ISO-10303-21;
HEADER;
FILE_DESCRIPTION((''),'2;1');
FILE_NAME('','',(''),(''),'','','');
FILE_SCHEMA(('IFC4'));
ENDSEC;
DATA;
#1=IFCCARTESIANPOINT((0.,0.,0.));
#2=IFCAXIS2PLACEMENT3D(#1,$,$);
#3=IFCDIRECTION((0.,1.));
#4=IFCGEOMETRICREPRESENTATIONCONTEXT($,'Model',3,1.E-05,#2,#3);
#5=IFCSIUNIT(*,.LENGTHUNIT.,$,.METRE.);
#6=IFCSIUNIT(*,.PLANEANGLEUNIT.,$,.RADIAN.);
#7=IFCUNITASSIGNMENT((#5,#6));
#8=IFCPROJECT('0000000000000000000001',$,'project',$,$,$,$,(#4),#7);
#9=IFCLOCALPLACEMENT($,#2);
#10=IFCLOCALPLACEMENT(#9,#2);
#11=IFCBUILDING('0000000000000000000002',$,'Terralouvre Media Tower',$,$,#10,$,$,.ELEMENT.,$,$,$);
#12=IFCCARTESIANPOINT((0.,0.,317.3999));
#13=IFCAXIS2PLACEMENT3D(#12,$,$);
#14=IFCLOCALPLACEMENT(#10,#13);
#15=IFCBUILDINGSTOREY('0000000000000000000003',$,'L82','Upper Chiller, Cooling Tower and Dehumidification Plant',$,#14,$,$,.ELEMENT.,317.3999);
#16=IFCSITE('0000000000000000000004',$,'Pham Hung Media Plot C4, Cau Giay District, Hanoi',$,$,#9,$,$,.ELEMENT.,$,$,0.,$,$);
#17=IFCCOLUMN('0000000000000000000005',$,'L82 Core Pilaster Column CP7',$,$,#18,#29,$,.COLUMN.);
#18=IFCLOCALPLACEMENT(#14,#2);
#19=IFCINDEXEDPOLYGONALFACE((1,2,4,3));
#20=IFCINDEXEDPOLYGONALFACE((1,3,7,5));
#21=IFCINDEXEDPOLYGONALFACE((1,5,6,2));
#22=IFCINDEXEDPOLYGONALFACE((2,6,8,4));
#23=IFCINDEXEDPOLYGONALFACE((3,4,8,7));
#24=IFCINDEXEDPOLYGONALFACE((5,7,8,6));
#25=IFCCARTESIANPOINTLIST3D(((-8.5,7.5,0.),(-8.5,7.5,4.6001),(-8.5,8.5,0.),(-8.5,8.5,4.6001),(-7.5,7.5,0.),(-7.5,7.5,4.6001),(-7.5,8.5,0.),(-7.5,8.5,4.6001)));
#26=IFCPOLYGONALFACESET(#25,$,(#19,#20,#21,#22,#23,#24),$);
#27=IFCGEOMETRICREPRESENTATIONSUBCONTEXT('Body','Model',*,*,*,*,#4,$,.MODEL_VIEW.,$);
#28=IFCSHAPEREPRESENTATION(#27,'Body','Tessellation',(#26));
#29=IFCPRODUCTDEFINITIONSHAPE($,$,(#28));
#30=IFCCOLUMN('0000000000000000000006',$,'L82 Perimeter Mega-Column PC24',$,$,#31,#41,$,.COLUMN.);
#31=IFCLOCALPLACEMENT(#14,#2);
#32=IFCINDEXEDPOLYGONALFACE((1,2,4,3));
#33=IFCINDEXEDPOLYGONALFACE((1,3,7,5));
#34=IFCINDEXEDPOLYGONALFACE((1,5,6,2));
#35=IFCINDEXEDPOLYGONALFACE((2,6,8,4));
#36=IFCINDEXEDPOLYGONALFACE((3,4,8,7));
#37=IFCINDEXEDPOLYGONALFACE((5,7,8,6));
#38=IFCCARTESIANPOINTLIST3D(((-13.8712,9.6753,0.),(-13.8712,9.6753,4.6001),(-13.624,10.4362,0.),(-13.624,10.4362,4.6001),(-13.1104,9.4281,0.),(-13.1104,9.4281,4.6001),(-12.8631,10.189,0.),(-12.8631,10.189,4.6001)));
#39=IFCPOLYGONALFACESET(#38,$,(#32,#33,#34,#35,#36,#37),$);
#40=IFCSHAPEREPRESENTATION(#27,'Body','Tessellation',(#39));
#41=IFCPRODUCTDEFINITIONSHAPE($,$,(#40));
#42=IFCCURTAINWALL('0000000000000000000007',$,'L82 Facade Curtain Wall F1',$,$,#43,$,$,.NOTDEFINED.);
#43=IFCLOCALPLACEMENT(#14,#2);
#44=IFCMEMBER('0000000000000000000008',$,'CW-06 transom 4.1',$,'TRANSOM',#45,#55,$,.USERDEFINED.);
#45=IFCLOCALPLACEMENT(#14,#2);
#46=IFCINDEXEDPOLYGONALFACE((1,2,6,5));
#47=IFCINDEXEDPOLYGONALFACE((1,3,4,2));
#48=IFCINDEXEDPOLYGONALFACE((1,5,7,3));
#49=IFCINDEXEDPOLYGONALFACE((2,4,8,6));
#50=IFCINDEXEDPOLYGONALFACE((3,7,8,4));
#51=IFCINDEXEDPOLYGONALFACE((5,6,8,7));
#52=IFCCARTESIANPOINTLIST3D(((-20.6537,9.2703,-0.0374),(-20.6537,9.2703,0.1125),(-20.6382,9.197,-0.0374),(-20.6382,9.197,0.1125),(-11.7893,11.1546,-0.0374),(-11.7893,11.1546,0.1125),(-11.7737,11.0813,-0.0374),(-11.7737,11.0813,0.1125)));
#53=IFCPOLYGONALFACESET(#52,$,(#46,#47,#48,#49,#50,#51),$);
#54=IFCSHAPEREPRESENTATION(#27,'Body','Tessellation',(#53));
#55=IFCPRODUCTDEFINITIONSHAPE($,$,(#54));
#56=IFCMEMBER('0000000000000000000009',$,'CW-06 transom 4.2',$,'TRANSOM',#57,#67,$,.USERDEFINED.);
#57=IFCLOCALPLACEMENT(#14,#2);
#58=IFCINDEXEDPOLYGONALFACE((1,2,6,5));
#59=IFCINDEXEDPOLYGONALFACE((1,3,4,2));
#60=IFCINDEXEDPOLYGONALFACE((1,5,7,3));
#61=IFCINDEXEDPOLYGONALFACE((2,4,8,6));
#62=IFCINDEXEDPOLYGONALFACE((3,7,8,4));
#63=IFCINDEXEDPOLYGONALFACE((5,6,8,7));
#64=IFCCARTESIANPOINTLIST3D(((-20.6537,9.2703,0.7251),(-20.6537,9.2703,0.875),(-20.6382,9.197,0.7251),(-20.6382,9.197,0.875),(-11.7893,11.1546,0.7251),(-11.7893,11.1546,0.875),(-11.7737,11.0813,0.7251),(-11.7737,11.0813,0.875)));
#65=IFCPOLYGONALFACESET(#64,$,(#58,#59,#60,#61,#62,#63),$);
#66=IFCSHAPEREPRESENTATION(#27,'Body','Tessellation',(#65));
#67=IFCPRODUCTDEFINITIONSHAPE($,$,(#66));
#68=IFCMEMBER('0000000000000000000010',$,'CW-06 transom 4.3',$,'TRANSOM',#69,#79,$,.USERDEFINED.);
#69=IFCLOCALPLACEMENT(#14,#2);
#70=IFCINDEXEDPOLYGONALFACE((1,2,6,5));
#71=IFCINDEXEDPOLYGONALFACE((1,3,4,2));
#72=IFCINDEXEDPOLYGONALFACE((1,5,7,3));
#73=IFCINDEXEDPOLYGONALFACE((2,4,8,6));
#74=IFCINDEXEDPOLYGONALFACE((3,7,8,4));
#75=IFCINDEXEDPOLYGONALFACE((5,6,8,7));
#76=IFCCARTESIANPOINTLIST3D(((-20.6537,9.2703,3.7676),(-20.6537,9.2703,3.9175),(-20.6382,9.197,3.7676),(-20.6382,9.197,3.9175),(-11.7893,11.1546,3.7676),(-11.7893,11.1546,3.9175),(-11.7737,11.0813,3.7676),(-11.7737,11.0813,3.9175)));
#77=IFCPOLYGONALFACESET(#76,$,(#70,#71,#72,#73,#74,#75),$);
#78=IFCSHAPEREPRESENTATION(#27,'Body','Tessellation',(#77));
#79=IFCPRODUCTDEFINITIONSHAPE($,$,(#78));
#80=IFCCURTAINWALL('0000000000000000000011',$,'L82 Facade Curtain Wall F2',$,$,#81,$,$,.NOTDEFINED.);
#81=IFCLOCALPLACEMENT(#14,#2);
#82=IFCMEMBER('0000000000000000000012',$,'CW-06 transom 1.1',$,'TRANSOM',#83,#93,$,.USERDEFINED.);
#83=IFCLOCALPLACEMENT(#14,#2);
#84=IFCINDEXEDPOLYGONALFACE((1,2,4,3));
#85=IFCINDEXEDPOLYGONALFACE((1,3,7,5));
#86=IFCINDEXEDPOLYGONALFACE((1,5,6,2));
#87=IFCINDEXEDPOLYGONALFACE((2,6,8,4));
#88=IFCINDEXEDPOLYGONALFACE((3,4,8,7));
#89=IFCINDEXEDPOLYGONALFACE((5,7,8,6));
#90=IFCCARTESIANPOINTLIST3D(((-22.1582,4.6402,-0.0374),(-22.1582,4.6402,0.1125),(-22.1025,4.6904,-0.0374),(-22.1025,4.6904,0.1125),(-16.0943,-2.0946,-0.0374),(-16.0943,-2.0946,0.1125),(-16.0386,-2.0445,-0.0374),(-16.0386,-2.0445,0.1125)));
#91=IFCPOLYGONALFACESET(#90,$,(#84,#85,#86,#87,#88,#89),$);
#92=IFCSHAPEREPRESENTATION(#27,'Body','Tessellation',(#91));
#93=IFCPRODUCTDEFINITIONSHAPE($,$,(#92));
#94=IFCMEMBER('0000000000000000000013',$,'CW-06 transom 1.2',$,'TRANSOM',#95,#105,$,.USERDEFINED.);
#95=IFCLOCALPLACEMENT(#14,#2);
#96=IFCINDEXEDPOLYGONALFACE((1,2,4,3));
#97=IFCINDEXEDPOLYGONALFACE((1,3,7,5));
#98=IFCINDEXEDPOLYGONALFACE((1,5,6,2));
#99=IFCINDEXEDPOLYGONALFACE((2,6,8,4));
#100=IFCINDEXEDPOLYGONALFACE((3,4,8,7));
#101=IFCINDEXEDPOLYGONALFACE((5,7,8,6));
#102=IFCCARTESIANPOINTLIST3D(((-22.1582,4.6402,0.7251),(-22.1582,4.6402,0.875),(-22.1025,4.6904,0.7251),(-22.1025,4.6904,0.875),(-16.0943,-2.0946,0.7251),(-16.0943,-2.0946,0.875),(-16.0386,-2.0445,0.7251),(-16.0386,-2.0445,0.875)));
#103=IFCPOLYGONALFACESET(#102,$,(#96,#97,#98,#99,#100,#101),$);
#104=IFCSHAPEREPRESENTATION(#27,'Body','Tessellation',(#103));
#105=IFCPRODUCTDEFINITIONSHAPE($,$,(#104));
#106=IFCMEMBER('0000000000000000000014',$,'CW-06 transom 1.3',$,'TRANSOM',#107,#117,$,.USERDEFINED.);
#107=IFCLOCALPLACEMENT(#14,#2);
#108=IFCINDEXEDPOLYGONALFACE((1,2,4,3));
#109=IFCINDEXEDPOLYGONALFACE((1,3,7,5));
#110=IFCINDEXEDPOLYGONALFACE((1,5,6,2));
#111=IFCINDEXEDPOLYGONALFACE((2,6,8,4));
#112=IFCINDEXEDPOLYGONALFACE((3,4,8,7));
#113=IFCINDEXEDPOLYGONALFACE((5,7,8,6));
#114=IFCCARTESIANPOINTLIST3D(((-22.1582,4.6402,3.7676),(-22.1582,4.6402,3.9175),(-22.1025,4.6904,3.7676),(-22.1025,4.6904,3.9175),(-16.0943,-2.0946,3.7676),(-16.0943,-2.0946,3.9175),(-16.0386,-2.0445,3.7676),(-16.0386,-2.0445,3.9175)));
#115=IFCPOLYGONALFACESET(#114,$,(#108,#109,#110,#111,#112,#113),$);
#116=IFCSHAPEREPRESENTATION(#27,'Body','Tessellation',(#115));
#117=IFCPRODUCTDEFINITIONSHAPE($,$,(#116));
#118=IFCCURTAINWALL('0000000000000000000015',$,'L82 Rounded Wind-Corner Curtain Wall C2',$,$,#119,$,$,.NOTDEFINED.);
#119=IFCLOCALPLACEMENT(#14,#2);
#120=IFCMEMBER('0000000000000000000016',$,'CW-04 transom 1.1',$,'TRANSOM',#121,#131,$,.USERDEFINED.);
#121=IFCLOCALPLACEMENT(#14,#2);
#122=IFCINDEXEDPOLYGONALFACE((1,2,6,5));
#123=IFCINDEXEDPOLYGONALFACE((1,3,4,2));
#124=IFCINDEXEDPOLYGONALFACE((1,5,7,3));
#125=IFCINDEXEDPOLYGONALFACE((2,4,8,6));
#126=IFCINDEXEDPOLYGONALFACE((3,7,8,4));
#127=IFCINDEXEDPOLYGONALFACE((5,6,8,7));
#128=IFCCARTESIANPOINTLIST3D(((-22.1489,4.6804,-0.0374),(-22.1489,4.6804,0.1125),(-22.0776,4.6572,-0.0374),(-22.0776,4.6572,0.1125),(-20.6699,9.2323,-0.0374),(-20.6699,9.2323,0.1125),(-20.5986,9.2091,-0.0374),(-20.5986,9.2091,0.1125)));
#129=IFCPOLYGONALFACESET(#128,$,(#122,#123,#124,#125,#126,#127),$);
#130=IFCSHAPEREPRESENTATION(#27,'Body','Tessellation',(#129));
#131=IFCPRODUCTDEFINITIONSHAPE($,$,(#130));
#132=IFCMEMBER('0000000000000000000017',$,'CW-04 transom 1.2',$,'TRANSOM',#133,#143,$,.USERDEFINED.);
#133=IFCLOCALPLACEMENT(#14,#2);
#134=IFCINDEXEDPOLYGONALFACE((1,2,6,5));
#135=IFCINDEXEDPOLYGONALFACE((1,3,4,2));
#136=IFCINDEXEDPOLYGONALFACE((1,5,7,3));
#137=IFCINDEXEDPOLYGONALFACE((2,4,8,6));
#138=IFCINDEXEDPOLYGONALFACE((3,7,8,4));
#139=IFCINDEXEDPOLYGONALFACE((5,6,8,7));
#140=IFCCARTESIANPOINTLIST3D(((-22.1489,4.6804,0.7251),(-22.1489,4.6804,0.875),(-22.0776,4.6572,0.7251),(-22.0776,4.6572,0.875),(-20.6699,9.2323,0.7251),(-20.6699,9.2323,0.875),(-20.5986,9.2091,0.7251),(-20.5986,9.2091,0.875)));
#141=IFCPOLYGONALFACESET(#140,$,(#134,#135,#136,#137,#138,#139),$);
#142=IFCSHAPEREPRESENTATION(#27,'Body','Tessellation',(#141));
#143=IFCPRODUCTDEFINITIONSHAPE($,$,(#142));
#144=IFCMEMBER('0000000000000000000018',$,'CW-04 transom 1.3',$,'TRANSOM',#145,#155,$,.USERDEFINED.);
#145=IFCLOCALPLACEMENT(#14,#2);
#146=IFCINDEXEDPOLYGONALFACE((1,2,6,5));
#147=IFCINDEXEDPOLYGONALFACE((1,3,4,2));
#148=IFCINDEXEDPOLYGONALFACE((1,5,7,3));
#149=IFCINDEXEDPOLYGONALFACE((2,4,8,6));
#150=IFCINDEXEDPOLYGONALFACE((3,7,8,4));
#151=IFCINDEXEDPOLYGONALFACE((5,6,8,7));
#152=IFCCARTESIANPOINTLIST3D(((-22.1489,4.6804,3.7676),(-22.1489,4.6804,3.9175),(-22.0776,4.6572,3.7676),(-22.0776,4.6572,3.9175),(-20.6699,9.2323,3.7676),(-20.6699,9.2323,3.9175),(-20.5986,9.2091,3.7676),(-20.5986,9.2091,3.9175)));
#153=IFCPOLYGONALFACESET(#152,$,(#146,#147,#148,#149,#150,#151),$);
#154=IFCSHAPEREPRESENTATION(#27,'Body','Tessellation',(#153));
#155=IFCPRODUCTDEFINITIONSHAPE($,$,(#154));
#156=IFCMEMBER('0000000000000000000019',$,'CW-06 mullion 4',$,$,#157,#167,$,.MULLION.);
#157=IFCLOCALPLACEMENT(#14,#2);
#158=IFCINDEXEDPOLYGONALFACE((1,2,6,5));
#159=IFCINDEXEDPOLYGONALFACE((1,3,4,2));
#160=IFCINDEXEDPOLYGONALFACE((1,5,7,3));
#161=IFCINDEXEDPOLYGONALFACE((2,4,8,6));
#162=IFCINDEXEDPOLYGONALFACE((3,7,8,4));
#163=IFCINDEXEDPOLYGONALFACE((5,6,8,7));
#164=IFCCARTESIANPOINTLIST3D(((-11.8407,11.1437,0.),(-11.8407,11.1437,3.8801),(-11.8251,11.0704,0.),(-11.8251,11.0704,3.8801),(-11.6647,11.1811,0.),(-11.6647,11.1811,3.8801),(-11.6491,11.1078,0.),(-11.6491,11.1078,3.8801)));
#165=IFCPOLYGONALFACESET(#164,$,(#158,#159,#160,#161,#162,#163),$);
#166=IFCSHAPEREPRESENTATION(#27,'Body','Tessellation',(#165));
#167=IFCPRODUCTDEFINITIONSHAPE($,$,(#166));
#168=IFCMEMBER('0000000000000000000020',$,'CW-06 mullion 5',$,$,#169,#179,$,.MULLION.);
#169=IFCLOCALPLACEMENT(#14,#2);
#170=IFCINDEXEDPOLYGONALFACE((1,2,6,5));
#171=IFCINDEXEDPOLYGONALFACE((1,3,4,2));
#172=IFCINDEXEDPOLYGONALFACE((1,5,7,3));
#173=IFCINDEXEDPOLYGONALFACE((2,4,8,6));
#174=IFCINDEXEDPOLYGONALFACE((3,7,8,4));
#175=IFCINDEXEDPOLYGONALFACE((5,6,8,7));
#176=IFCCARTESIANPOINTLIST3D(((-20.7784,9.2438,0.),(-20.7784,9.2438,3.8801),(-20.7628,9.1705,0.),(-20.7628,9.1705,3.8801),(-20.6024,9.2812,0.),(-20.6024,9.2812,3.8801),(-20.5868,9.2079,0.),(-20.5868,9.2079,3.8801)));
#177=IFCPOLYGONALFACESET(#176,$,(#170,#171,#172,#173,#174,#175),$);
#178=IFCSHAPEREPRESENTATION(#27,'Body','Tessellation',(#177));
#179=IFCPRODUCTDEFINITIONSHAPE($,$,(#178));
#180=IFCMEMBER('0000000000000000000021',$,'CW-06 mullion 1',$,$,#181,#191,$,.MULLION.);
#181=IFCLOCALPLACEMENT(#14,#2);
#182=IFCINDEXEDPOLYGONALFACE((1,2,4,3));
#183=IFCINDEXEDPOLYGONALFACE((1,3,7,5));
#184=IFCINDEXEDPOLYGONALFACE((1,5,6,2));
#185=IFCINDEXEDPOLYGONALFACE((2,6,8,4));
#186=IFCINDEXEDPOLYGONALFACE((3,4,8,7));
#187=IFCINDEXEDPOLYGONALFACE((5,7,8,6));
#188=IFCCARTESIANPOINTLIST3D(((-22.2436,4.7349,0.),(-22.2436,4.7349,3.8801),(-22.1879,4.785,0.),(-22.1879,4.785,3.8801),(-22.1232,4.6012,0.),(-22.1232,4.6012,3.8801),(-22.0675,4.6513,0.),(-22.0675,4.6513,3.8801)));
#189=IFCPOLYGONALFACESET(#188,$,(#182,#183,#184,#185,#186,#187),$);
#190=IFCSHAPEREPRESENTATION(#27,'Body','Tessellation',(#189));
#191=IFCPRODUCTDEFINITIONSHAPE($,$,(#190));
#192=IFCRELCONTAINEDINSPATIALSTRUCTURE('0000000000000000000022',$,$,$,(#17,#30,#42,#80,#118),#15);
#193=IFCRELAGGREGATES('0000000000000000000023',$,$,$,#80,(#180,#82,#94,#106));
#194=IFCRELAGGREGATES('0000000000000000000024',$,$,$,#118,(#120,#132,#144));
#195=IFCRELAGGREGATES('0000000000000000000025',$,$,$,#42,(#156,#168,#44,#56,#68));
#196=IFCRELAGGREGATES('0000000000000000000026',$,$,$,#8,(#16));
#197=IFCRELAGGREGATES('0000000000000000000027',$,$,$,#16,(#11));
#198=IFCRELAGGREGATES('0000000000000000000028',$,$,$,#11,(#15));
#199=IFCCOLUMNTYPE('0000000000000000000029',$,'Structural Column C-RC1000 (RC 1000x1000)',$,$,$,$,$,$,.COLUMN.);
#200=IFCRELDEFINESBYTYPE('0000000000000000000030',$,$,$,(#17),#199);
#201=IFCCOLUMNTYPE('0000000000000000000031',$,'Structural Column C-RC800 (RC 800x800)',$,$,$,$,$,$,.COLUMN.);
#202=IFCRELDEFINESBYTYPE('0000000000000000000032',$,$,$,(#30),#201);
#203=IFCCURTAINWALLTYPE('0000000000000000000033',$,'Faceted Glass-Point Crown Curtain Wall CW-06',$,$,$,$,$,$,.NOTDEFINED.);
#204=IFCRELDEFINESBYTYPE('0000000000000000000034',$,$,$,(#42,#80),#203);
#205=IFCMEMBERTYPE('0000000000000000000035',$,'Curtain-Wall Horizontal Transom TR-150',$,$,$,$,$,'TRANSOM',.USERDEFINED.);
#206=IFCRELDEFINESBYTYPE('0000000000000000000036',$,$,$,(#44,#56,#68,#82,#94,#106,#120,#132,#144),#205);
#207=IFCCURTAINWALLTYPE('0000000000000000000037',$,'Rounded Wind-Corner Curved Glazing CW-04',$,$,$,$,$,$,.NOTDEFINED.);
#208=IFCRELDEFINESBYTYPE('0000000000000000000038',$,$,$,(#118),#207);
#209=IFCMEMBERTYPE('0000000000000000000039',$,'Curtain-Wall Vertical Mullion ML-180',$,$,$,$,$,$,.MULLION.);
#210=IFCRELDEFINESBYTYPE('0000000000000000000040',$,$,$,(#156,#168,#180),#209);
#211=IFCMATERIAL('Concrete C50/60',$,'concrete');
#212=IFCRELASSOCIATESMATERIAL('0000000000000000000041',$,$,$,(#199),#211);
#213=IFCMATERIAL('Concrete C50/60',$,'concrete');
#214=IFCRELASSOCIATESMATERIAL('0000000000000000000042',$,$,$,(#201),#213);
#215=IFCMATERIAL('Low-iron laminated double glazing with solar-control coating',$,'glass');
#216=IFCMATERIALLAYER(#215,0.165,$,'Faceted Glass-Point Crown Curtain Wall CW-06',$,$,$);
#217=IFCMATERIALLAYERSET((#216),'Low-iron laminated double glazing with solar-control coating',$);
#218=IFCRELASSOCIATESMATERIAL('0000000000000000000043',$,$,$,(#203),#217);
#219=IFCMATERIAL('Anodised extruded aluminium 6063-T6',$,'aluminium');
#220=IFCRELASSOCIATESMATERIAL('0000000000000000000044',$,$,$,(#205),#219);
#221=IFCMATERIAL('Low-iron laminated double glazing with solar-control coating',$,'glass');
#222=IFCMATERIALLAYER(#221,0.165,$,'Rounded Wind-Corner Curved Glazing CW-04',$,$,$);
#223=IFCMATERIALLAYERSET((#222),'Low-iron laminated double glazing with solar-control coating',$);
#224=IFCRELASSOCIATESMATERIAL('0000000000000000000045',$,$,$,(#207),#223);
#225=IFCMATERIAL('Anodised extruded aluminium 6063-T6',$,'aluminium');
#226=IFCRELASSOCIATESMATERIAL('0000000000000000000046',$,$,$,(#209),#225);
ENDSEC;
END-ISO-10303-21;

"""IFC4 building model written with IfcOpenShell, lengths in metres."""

from ifc_helpers import new_model, si_unit, direction, frame, origin, origin_2d, place, context, subcontext, project, spatial, rectangle, extrude, material, layer, layer_set, material_profile, profile_set, type_object, element, aggregate, save


model = new_model("IFC4")

# Units and contexts
model_context = context("Model", 3, precision=1e-05, world=origin(), true_north=direction((0.0, 1.0)))
body_context = subcontext(model_context, "Body", "Model", "MODEL_VIEW")
ifc_project = project(units=[si_unit("LENGTHUNIT", "METRE"), si_unit("PLANEANGLEUNIT", "RADIAN")], contexts=[model_context])

# Site, building, storey
site_placement = place(None, origin())
site = spatial("IfcSite", under=ifc_project, at=site_placement, Name="Pham Hung Media Plot C4, Cau Giay District, Hanoi", CompositionType="ELEMENT", RefElevation=0.0)
building_placement = place(site_placement, origin())
building = spatial("IfcBuilding", under=site, at=building_placement, Name="Terralouvre Media Tower", CompositionType="ELEMENT")
storey_placement = place(building_placement, frame((0.0, 0.0, 317.3999)))
storey = spatial("IfcBuildingStorey", under=building, at=storey_placement, Name="L82", Description="Upper Chiller, Cooling Tower and Dehumidification Plant", CompositionType="ELEMENT", Elevation=317.3999)

# Columns
ifc_material_1 = material(Name="Concrete C50/60", Category="concrete")
ifc_material_profile_1 = material_profile(ifc_material_1, rectangle(XDim=1.0, YDim=1.0, at=origin_2d()), Name="RC 1000x1000")
ifc_profile_set_1 = profile_set([ifc_material_profile_1], Name="Concrete C50/60")
column_type_1 = type_object("IfcColumnType", Name="Structural Column C-RC1000 (RC 1000x1000)", PredefinedType="COLUMN", material=ifc_profile_set_1)
column_1_placement = place(storey_placement, frame((-8.0, 8.0, 0.0), z_axis=(0.0, 0.0, 1.0), x_axis=(1.0, 0.0, 0.0)))
element("IfcColumn", 1, at=column_1_placement, inside=storey, type_object=column_type_1, Name="L82 Core Pilaster Column CP7", PredefinedType="COLUMN", context=body_context, shape_type="SweptSolid", body=[
    extrude(rectangle(XDim=1.0, YDim=1.0, at=origin_2d()), origin(), (0.0, 0.0, 1.0), 4.6001),
])
ifc_material_2 = material(Name="Concrete C50/60", Category="concrete")
ifc_material_profile_2 = material_profile(ifc_material_2, rectangle(XDim=0.8, YDim=0.8, at=origin_2d()), Name="RC 800x800")
ifc_profile_set_2 = profile_set([ifc_material_profile_2], Name="Concrete C50/60")
column_type_2 = type_object("IfcColumnType", Name="Structural Column C-RC800 (RC 800x800)", PredefinedType="COLUMN", material=ifc_profile_set_2)
column_2_placement = place(storey_placement, frame((-13.3672, 9.9321, 0.0), z_axis=(0.0, 0.0, 1.0), x_axis=(0.309017, 0.951057, 0.0)))
element("IfcColumn", 2, at=column_2_placement, inside=storey, type_object=column_type_2, Name="L82 Perimeter Mega-Column PC24", PredefinedType="COLUMN", context=body_context, shape_type="SweptSolid", body=[
    extrude(rectangle(XDim=0.8, YDim=0.8, at=origin_2d()), origin(), (0.0, 0.0, 1.0), 4.6001),
])

# Curtain walls, members
ifc_material_3 = material(Name="Low-iron laminated double glazing with solar-control coating", Category="glass")
ifc_layer_1 = layer(ifc_material_3, 0.165, Name="Faceted Glass-Point Crown Curtain Wall CW-06")
ifc_layer_set_1 = layer_set([ifc_layer_1], Name="Low-iron laminated double glazing with solar-control coating")
curtain_wall_type_1 = type_object("IfcCurtainWallType", Name="Faceted Glass-Point Crown Curtain Wall CW-06", PredefinedType="NOTDEFINED", material=ifc_layer_set_1)
curtain_wall_1_placement = place(storey_placement, origin())
curtain_wall_1 = element("IfcCurtainWall", 3, at=curtain_wall_1_placement, inside=storey, type_object=curtain_wall_type_1, Name="L82 Facade Curtain Wall F1", PredefinedType="NOTDEFINED")
ifc_material_4 = material(Name="Anodised extruded aluminium 6063-T6", Category="aluminium")
ifc_material_profile_3 = material_profile(ifc_material_4, rectangle(XDim=0.075, YDim=0.1499, at=origin_2d()), Name="ALU 75x150")
ifc_profile_set_3 = profile_set([ifc_material_profile_3], Name="Anodised extruded aluminium 6063-T6")
member_type_1 = type_object("IfcMemberType", Name="Curtain-Wall Horizontal Transom TR-150", ElementType="TRANSOM", PredefinedType="USERDEFINED", material=ifc_profile_set_3)
member_1_placement = place(storey_placement, frame((-11.7815, 11.1179, 0.0376), z_axis=(-0.978146, -0.207919, 0.0), x_axis=(0.207919, -0.978146, 0.0)))
member_1 = element("IfcMember", 4, at=member_1_placement, type_object=member_type_1, Name="CW-06 transom 4.1", ObjectType="TRANSOM", PredefinedType="USERDEFINED", context=body_context, shape_type="SweptSolid", body=[
    extrude(rectangle(XDim=0.075, YDim=0.1499, at=origin_2d()), origin(), (0.0, 0.0, 1.0), 9.0625),
])
member_2_placement = place(storey_placement, frame((-11.7815, 11.1179, 0.8), z_axis=(-0.978146, -0.207919, 0.0), x_axis=(0.207919, -0.978146, 0.0)))
member_2 = element("IfcMember", 5, at=member_2_placement, type_object=member_type_1, Name="CW-06 transom 4.2", ObjectType="TRANSOM", PredefinedType="USERDEFINED", context=body_context, shape_type="SweptSolid", body=[
    extrude(rectangle(XDim=0.075, YDim=0.1499, at=origin_2d()), origin(), (0.0, 0.0, 1.0), 9.0625),
])
member_3_placement = place(storey_placement, frame((-11.7815, 11.1179, 3.8425), z_axis=(-0.978146, -0.207919, 0.0), x_axis=(0.207919, -0.978146, 0.0)))
member_3 = element("IfcMember", 6, at=member_3_placement, type_object=member_type_1, Name="CW-06 transom 4.3", ObjectType="TRANSOM", PredefinedType="USERDEFINED", context=body_context, shape_type="SweptSolid", body=[
    extrude(rectangle(XDim=0.075, YDim=0.1499, at=origin_2d()), origin(), (0.0, 0.0, 1.0), 9.0625),
])
curtain_wall_2_placement = place(storey_placement, origin())
curtain_wall_2 = element("IfcCurtainWall", 7, at=curtain_wall_2_placement, inside=storey, type_object=curtain_wall_type_1, Name="L82 Facade Curtain Wall F2", PredefinedType="NOTDEFINED")
member_4_placement = place(storey_placement, frame((-22.1304, 4.6653, 0.0376), z_axis=(0.669122, -0.743152, 0.0), x_axis=(0.743152, 0.669122, 0.0)))
member_4 = element("IfcMember", 8, at=member_4_placement, type_object=member_type_1, Name="CW-06 transom 1.1", ObjectType="TRANSOM", PredefinedType="USERDEFINED", context=body_context, shape_type="SweptSolid", body=[
    extrude(rectangle(XDim=0.075, YDim=0.1499, at=origin_2d()), origin(), (0.0, 0.0, 1.0), 9.0625),
])
member_5_placement = place(storey_placement, frame((-22.1304, 4.6653, 0.8), z_axis=(0.669122, -0.743152, 0.0), x_axis=(0.743152, 0.669122, 0.0)))
member_5 = element("IfcMember", 9, at=member_5_placement, type_object=member_type_1, Name="CW-06 transom 1.2", ObjectType="TRANSOM", PredefinedType="USERDEFINED", context=body_context, shape_type="SweptSolid", body=[
    extrude(rectangle(XDim=0.075, YDim=0.1499, at=origin_2d()), origin(), (0.0, 0.0, 1.0), 9.0625),
])
member_6_placement = place(storey_placement, frame((-22.1304, 4.6653, 3.8425), z_axis=(0.669122, -0.743152, 0.0), x_axis=(0.743152, 0.669122, 0.0)))
member_6 = element("IfcMember", 10, at=member_6_placement, type_object=member_type_1, Name="CW-06 transom 1.3", ObjectType="TRANSOM", PredefinedType="USERDEFINED", context=body_context, shape_type="SweptSolid", body=[
    extrude(rectangle(XDim=0.075, YDim=0.1499, at=origin_2d()), origin(), (0.0, 0.0, 1.0), 9.0625),
])
ifc_material_5 = material(Name="Low-iron laminated double glazing with solar-control coating", Category="glass")
ifc_layer_2 = layer(ifc_material_5, 0.165, Name="Rounded Wind-Corner Curved Glazing CW-04")
ifc_layer_set_2 = layer_set([ifc_layer_2], Name="Low-iron laminated double glazing with solar-control coating")
curtain_wall_type_2 = type_object("IfcCurtainWallType", Name="Rounded Wind-Corner Curved Glazing CW-04", PredefinedType="NOTDEFINED", material=ifc_layer_set_2)
curtain_wall_3_placement = place(storey_placement, origin())
curtain_wall_3 = element("IfcCurtainWall", 11, at=curtain_wall_3_placement, inside=storey, type_object=curtain_wall_type_2, Name="L82 Rounded Wind-Corner Curtain Wall C2", PredefinedType="NOTDEFINED")
member_7_placement = place(storey_placement, frame((-20.6343, 9.2207, 0.0376), z_axis=(-0.309011, -0.951058, 0.0), x_axis=(0.951058, -0.309011, 0.0)))
member_7 = element("IfcMember", 12, at=member_7_placement, type_object=member_type_1, Name="CW-04 transom 1.1", ObjectType="TRANSOM", PredefinedType="USERDEFINED", context=body_context, shape_type="SweptSolid", body=[
    extrude(rectangle(XDim=0.075, YDim=0.1499, at=origin_2d()), origin(), (0.0, 0.0, 1.0), 4.7861),
])
member_8_placement = place(storey_placement, frame((-20.6343, 9.2207, 0.8), z_axis=(-0.309011, -0.951058, 0.0), x_axis=(0.951058, -0.309011, 0.0)))
member_8 = element("IfcMember", 13, at=member_8_placement, type_object=member_type_1, Name="CW-04 transom 1.2", ObjectType="TRANSOM", PredefinedType="USERDEFINED", context=body_context, shape_type="SweptSolid", body=[
    extrude(rectangle(XDim=0.075, YDim=0.1499, at=origin_2d()), origin(), (0.0, 0.0, 1.0), 4.7861),
])
member_9_placement = place(storey_placement, frame((-20.6343, 9.2207, 3.8425), z_axis=(-0.309011, -0.951058, 0.0), x_axis=(0.951058, -0.309011, 0.0)))
member_9 = element("IfcMember", 14, at=member_9_placement, type_object=member_type_1, Name="CW-04 transom 1.3", ObjectType="TRANSOM", PredefinedType="USERDEFINED", context=body_context, shape_type="SweptSolid", body=[
    extrude(rectangle(XDim=0.075, YDim=0.1499, at=origin_2d()), origin(), (0.0, 0.0, 1.0), 4.7861),
])

# Members
ifc_material_6 = material(Name="Anodised extruded aluminium 6063-T6", Category="aluminium")
ifc_material_profile_4 = material_profile(ifc_material_6, rectangle(XDim=0.075, YDim=0.1799, at=origin_2d()), Name="ALU 75x180")
ifc_profile_set_4 = profile_set([ifc_material_profile_4], Name="Anodised extruded aluminium 6063-T6")
member_type_2 = type_object("IfcMemberType", Name="Curtain-Wall Vertical Mullion ML-180", PredefinedType="MULLION", material=ifc_profile_set_4)
member_10_placement = place(storey_placement, frame((-11.7449, 11.1257, 0.0), z_axis=(0.0, 0.0, 1.0), x_axis=(0.207912, -0.978148, 0.0)))
member_10 = element("IfcMember", 15, at=member_10_placement, type_object=member_type_2, Name="CW-06 mullion 4", PredefinedType="MULLION", context=body_context, shape_type="SweptSolid", body=[
    extrude(rectangle(XDim=0.075, YDim=0.1799, at=origin_2d()), origin(), (0.0, 0.0, 1.0), 3.8801),
])
member_11_placement = place(storey_placement, frame((-20.6826, 9.2258, 0.0), z_axis=(0.0, 0.0, 1.0), x_axis=(0.207912, -0.978148, 0.0)))
member_11 = element("IfcMember", 16, at=member_11_placement, type_object=member_type_2, Name="CW-06 mullion 5", PredefinedType="MULLION", context=body_context, shape_type="SweptSolid", body=[
    extrude(rectangle(XDim=0.075, YDim=0.1799, at=origin_2d()), origin(), (0.0, 0.0, 1.0), 3.8801),
])
member_12_placement = place(storey_placement, frame((-22.1555, 4.6931, 0.0), z_axis=(0.0, 0.0, 1.0), x_axis=(0.743145, 0.66913, 0.0)))
member_12 = element("IfcMember", 17, at=member_12_placement, type_object=member_type_2, Name="CW-06 mullion 1", PredefinedType="MULLION", context=body_context, shape_type="SweptSolid", body=[
    extrude(rectangle(XDim=0.075, YDim=0.1799, at=origin_2d()), origin(), (0.0, 0.0, 1.0), 3.8801),
])
aggregate(curtain_wall_2, [member_12, member_4, member_5, member_6])

aggregate(curtain_wall_3, [member_7, member_8, member_9])
aggregate(curtain_wall_1, [member_10, member_11, member_1, member_2, member_3])

save(model, "model.ifc")
